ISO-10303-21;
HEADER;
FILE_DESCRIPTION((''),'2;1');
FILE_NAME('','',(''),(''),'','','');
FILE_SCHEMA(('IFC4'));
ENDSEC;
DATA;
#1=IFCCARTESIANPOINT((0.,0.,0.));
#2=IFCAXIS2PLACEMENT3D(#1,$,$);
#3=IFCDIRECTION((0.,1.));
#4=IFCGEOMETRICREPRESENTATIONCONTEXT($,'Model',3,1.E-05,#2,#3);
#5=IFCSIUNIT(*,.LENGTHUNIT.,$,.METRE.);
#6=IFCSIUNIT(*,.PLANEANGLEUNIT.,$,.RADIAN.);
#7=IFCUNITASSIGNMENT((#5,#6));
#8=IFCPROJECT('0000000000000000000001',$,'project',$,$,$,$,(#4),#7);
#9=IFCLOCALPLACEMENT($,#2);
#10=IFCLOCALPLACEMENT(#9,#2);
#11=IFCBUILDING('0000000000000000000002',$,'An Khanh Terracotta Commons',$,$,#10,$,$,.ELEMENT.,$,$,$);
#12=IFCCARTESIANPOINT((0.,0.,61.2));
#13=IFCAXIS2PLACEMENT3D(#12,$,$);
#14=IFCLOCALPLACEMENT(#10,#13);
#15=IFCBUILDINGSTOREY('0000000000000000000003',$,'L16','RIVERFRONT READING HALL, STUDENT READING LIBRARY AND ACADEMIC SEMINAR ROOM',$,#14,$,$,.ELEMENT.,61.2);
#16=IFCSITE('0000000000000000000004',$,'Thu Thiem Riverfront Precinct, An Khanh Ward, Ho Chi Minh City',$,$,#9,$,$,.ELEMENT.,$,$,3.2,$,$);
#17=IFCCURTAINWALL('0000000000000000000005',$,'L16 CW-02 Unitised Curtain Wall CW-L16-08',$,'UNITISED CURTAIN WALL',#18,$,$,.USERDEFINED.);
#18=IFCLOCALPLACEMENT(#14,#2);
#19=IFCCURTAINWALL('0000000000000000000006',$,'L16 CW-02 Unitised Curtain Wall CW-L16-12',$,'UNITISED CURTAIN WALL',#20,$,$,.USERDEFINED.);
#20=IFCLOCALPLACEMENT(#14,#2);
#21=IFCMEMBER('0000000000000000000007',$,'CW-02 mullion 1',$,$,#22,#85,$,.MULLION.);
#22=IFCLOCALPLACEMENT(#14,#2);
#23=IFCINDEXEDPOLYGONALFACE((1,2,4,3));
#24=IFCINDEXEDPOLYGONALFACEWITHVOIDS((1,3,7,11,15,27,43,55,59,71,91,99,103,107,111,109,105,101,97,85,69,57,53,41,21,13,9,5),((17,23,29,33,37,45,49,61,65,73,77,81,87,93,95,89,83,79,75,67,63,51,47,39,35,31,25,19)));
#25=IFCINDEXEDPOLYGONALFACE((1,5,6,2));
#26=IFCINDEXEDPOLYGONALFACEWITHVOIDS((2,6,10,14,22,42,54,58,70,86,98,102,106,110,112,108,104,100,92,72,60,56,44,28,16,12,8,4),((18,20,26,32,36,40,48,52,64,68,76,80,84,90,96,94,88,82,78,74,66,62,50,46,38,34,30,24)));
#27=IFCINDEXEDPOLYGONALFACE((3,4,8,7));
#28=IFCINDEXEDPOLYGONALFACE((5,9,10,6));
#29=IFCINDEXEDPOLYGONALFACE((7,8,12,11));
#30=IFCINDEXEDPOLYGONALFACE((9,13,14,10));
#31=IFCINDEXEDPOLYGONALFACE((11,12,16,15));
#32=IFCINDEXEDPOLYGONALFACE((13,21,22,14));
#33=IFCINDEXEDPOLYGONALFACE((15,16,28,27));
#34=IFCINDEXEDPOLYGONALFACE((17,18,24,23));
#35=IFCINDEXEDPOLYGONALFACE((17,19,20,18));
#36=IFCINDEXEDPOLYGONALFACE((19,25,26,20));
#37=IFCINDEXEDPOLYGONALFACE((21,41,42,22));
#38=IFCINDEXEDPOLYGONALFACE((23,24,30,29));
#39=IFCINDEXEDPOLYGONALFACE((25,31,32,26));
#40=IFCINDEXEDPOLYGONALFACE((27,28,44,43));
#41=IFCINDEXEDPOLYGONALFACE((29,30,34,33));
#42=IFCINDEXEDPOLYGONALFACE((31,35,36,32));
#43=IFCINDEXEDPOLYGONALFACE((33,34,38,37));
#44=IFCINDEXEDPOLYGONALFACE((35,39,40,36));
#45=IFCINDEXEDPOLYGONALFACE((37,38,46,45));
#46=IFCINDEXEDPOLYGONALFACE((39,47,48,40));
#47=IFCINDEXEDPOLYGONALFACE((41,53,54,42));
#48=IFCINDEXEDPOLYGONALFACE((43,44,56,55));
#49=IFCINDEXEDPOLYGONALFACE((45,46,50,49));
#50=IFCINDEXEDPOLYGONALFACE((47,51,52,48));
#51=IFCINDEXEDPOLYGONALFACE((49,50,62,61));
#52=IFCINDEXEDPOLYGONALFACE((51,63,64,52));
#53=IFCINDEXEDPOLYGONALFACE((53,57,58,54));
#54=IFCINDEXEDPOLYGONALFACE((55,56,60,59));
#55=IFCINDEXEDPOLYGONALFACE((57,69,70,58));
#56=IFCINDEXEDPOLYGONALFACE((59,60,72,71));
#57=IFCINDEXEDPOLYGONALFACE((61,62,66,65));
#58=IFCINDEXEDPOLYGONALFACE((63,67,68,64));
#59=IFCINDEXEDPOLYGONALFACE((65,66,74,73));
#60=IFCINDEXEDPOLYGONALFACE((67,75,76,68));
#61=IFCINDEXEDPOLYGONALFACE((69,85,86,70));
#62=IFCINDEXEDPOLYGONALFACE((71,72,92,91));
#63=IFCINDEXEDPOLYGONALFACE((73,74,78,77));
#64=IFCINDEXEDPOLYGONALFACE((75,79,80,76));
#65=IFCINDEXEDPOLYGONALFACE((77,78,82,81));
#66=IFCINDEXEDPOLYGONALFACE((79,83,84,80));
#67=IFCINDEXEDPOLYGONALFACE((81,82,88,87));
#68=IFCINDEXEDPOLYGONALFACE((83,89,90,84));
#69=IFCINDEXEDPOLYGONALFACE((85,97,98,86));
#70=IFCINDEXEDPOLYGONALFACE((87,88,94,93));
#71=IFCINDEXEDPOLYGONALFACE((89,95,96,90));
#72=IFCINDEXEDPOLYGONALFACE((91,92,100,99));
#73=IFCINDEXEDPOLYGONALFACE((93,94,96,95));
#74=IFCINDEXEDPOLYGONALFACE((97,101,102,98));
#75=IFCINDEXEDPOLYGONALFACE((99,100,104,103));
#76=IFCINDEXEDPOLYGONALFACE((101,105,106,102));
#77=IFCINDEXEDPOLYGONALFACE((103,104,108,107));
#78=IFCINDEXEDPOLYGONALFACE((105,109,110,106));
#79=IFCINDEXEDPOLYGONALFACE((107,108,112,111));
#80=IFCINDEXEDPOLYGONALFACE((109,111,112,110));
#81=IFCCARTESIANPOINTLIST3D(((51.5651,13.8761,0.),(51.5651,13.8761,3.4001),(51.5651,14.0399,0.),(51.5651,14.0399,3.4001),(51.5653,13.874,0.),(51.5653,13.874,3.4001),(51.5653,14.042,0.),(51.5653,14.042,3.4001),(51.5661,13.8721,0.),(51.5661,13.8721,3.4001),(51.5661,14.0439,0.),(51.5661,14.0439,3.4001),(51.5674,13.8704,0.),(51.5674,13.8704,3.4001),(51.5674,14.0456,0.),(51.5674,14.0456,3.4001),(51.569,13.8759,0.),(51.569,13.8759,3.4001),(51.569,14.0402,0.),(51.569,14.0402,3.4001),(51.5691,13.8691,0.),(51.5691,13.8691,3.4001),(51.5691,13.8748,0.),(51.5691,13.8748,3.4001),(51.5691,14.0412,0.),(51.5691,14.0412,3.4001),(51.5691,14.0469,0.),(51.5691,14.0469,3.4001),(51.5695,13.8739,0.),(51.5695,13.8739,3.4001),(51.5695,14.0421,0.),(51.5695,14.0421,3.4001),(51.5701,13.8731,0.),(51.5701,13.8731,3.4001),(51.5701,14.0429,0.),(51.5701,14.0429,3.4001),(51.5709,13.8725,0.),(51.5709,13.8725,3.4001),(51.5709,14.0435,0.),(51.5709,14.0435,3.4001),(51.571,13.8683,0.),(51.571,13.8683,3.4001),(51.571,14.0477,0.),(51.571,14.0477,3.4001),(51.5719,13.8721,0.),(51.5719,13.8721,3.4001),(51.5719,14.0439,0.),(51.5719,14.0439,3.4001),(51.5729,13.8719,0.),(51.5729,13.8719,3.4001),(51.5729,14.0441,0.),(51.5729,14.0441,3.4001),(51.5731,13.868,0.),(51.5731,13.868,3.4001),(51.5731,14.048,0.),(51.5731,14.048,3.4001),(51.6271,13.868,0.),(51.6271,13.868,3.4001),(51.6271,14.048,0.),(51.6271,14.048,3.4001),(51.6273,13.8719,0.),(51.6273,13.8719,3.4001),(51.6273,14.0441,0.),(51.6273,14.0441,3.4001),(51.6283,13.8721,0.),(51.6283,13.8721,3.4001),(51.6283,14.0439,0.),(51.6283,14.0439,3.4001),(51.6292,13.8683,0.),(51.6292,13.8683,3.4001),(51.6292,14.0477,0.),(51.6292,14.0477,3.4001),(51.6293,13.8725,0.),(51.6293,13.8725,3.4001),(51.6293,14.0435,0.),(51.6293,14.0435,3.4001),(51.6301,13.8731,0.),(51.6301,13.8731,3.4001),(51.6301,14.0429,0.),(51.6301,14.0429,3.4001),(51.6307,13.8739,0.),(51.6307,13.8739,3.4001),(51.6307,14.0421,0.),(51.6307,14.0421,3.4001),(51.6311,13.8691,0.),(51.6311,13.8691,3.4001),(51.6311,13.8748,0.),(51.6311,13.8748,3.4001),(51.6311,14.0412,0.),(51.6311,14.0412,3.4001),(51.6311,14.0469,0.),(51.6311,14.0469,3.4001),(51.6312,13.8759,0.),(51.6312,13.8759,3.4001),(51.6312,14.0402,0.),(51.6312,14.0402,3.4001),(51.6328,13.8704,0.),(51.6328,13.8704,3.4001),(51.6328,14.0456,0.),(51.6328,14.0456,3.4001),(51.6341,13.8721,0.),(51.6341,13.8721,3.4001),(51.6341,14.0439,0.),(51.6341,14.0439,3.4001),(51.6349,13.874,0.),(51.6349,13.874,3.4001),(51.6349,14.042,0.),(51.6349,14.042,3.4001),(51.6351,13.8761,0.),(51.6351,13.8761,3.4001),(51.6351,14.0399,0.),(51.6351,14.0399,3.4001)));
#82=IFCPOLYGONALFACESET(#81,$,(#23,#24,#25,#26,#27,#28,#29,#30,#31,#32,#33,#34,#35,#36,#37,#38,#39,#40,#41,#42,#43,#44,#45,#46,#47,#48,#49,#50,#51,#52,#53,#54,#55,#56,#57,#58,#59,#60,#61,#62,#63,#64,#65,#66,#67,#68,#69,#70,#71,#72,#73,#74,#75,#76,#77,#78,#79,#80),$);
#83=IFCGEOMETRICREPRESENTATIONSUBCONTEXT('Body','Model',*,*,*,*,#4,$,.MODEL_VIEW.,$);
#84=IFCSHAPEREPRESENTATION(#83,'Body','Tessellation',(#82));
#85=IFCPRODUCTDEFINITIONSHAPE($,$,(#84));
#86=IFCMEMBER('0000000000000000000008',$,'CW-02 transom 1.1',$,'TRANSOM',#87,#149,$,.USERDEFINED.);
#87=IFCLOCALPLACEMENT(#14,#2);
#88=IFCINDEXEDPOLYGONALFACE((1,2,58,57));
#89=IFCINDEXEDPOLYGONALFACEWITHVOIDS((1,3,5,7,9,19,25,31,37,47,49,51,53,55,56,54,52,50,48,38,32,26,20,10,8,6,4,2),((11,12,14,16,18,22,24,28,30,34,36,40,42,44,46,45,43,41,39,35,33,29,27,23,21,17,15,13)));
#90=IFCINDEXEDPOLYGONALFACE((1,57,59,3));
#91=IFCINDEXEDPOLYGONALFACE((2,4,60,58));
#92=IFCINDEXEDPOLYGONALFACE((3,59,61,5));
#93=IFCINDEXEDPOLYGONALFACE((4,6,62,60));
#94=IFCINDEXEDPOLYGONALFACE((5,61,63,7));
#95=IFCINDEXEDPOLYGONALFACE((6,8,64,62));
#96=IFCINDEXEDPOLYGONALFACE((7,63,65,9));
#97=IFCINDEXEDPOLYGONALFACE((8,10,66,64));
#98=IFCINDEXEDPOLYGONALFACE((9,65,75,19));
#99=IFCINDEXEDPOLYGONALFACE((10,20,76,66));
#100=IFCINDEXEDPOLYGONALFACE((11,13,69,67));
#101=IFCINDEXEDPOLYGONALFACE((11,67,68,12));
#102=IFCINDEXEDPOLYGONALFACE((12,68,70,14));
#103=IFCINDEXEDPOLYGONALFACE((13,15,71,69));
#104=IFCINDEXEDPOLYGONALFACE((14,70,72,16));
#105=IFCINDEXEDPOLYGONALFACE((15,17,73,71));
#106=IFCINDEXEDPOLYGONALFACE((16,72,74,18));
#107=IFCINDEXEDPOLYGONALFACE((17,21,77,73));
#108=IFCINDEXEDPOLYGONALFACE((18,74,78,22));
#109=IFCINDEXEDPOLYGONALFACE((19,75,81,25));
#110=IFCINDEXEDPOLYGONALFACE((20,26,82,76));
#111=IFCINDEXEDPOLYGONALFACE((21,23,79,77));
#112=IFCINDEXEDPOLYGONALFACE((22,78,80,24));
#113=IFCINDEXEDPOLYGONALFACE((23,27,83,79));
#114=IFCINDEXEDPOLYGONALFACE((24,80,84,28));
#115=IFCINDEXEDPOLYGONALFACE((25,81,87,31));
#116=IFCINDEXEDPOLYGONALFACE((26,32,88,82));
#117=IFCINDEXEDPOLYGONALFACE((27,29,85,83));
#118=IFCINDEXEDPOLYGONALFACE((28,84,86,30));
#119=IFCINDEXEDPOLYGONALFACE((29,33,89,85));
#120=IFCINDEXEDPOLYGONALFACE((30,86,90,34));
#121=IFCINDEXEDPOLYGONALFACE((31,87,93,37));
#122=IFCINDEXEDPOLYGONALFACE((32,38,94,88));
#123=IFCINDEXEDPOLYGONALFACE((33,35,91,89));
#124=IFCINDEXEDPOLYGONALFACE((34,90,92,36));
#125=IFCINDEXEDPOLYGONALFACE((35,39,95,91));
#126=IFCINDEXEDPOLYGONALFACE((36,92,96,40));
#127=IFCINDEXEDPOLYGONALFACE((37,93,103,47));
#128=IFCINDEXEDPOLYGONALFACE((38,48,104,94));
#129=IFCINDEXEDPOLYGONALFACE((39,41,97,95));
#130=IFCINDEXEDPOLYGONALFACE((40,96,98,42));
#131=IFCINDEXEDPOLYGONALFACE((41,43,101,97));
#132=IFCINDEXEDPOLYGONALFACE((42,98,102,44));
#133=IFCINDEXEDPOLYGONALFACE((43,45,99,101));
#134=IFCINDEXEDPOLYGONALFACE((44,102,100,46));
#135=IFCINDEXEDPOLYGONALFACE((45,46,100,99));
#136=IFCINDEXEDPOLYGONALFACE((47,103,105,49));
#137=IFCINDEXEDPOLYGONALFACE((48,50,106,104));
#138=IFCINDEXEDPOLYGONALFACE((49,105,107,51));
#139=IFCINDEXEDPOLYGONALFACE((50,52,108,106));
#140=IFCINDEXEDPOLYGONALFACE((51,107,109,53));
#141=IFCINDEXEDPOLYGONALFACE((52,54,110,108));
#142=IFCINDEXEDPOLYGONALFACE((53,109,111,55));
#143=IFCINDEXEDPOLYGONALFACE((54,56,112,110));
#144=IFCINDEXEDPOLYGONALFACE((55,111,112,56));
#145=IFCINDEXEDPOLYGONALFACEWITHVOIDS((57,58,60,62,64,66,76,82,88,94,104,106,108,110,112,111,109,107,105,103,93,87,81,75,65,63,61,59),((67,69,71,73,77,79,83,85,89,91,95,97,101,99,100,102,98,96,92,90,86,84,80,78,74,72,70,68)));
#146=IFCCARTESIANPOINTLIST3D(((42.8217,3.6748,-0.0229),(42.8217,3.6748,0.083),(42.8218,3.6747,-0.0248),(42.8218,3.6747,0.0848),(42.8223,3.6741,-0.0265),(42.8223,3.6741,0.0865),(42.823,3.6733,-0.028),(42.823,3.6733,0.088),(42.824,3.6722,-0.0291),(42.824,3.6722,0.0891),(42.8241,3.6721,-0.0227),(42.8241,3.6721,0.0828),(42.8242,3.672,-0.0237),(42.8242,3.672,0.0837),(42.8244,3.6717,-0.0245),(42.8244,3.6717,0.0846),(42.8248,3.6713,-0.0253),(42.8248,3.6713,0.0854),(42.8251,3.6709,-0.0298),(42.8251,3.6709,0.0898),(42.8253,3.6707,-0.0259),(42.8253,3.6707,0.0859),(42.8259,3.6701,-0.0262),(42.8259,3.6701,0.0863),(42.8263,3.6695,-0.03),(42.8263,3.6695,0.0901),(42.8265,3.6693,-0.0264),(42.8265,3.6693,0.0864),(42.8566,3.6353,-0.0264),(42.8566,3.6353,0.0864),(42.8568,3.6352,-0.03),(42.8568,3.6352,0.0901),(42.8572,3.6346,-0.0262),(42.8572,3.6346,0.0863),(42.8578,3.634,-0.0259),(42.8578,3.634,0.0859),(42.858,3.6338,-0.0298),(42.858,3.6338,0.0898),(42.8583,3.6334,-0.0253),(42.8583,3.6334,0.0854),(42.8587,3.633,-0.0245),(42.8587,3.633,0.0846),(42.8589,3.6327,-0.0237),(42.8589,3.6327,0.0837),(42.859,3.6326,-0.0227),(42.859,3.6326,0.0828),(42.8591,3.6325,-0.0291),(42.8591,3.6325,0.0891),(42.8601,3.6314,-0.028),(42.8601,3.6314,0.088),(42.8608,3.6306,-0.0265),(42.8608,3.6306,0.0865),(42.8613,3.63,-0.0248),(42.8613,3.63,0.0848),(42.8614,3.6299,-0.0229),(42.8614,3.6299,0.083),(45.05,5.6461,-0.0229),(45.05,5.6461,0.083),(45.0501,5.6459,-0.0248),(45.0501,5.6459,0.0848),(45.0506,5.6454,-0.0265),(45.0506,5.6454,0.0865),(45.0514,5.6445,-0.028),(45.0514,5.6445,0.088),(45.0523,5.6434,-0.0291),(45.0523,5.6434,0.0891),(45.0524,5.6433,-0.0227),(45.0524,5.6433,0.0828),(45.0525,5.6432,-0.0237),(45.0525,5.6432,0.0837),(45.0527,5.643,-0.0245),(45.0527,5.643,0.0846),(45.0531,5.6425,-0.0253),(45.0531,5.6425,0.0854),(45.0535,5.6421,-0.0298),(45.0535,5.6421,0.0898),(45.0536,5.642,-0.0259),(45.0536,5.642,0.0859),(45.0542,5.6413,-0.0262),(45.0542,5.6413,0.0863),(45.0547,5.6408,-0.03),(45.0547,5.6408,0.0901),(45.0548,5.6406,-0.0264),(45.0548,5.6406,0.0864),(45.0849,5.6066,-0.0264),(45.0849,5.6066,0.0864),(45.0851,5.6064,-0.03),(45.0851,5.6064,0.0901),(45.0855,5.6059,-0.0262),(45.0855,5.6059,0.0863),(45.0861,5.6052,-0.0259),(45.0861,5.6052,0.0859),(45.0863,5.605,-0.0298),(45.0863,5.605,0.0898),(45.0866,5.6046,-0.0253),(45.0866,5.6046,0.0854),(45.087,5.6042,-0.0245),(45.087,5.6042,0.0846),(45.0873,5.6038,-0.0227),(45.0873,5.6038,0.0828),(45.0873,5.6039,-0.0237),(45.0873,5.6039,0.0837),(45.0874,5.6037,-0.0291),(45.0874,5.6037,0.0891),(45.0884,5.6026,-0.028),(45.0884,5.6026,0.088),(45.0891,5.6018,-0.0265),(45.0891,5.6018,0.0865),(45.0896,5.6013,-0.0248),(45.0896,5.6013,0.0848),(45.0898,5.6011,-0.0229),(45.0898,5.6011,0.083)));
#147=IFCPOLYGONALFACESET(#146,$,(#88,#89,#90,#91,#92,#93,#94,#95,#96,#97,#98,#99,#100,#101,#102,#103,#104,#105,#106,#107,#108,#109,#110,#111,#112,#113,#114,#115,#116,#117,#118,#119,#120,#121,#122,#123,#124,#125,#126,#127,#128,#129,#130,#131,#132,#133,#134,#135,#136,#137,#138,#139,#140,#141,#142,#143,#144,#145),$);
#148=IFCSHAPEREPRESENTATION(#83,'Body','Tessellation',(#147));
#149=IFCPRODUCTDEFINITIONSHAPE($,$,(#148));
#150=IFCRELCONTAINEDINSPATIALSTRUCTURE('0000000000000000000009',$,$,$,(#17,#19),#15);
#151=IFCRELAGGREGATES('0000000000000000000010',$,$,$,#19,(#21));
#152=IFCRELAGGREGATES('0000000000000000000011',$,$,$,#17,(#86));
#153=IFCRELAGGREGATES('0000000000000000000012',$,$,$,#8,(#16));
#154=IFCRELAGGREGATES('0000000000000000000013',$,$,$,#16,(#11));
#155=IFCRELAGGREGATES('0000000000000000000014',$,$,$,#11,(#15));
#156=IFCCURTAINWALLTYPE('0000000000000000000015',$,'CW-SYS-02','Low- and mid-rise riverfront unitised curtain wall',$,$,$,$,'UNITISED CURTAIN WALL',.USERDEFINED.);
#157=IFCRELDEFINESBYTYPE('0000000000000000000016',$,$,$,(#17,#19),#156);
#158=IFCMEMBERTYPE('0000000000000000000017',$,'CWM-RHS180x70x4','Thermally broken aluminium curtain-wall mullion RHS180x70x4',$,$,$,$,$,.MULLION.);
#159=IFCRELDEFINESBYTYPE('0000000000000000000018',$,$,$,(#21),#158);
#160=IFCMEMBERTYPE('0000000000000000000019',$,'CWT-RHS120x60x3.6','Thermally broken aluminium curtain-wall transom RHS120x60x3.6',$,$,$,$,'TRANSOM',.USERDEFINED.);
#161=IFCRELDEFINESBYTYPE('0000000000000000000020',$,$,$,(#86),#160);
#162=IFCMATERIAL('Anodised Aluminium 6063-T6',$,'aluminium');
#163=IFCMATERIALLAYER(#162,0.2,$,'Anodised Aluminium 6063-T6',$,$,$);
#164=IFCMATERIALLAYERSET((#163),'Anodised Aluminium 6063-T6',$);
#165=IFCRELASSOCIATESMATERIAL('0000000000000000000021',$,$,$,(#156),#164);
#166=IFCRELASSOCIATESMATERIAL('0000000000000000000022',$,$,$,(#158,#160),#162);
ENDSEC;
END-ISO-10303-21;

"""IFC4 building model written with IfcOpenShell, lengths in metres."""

from ifc_helpers import new_model, si_unit, direction, frame, origin, origin_2d, place, context, subcontext, project, spatial, hollow_rectangle, extrude, material, layer, layer_set, material_profile, profile_set, type_object, element, aggregate, save


model = new_model("IFC4")

# Units and contexts
model_context = context("Model", 3, precision=1e-05, world=origin(), true_north=direction((0.0, 1.0)))
body_context = subcontext(model_context, "Body", "Model", "MODEL_VIEW")
ifc_project = project(units=[si_unit("LENGTHUNIT", "METRE"), si_unit("PLANEANGLEUNIT", "RADIAN")], contexts=[model_context])

# Site, building, storey
site_placement = place(None, origin())
site = spatial("IfcSite", under=ifc_project, at=site_placement, Name="Thu Thiem Riverfront Precinct, An Khanh Ward, Ho Chi Minh City", CompositionType="ELEMENT", RefElevation=3.2)
building_placement = place(site_placement, origin())
building = spatial("IfcBuilding", under=site, at=building_placement, Name="An Khanh Terracotta Commons", CompositionType="ELEMENT")
storey_placement = place(building_placement, frame((0.0, 0.0, 61.2)))
storey = spatial("IfcBuildingStorey", under=building, at=storey_placement, Name="L16", Description="RIVERFRONT READING HALL, STUDENT READING LIBRARY AND ACADEMIC SEMINAR ROOM", CompositionType="ELEMENT", Elevation=61.2)

# Curtain wall
ifc_material_1 = material(Name="Anodised Aluminium 6063-T6", Category="aluminium")
ifc_layer_1 = layer(ifc_material_1, 0.2, Name="Anodised Aluminium 6063-T6")
ifc_layer_set_1 = layer_set([ifc_layer_1], Name="Anodised Aluminium 6063-T6")
curtain_wall_type = type_object("IfcCurtainWallType", Name="CW-SYS-02", Description="Low- and mid-rise riverfront unitised curtain wall", ElementType="UNITISED CURTAIN WALL", PredefinedType="USERDEFINED", material=ifc_layer_set_1)
curtain_wall_1_placement = place(storey_placement, origin())
curtain_wall_1 = element("IfcCurtainWall", 1, at=curtain_wall_1_placement, inside=storey, type_object=curtain_wall_type, Name="L16 CW-02 Unitised Curtain Wall CW-L16-08", ObjectType="UNITISED CURTAIN WALL", PredefinedType="USERDEFINED")
ifc_material_profile_1 = material_profile(ifc_material_1, hollow_rectangle(XDim=0.0701, YDim=0.1799, WallThickness=0.0039, InnerFilletRadius=0.0039, OuterFilletRadius=0.0081, at=origin_2d()), Name="RHS180x70x4")
ifc_profile_set_1 = profile_set([ifc_material_profile_1], Name="Anodised Aluminium 6063-T6")
member_type_1 = type_object("IfcMemberType", Name="CWM-RHS180x70x4", Description="Thermally broken aluminium curtain-wall mullion RHS180x70x4", PredefinedType="MULLION", material=ifc_profile_set_1)

# Curtain wall, member
curtain_wall_2_placement = place(storey_placement, origin())
curtain_wall_2 = element("IfcCurtainWall", 2, at=curtain_wall_2_placement, inside=storey, type_object=curtain_wall_type, Name="L16 CW-02 Unitised Curtain Wall CW-L16-12", ObjectType="UNITISED CURTAIN WALL", PredefinedType="USERDEFINED")
member_1_placement = place(storey_placement, frame((51.6001, 13.958, 0.0), z_axis=(0.0, 0.0, 1.0), x_axis=(-1.0, 0.0, 0.0)))
member_1 = element("IfcMember", 3, at=member_1_placement, type_object=member_type_1, Name="CW-02 mullion 1", PredefinedType="MULLION", context=body_context, shape_type="SweptSolid", body=[
    extrude(hollow_rectangle(XDim=0.0701, YDim=0.1799, WallThickness=0.0039, InnerFilletRadius=0.0039, OuterFilletRadius=0.0081, at=origin_2d()), origin(), (0.0, 0.0, 1.0), 3.4001),
])
aggregate(curtain_wall_2, [member_1])

# Member
ifc_material_profile_2 = material_profile(ifc_material_1, hollow_rectangle(XDim=0.0601, YDim=0.1201, WallThickness=0.0037, InnerFilletRadius=0.0037, OuterFilletRadius=0.0071, at=origin_2d()), Name="RHS120x60x3.6")
ifc_profile_set_2 = profile_set([ifc_material_profile_2], Name="Anodised Aluminium 6063-T6")
member_type_2 = type_object("IfcMemberType", Name="CWT-RHS120x60x3.6", Description="Thermally broken aluminium curtain-wall transom RHS120x60x3.6", ElementType="TRANSOM", PredefinedType="USERDEFINED", material=ifc_profile_set_2)
member_2_placement = place(storey_placement, frame((42.8416, 3.6523, 0.03), z_axis=(0.748992, 0.662579, 0.0), x_axis=(-0.662579, 0.748992, 0.0)))
member_2 = element("IfcMember", 4, at=member_2_placement, type_object=member_type_2, Name="CW-02 transom 1.1", ObjectType="TRANSOM", PredefinedType="USERDEFINED", context=body_context, shape_type="SweptSolid", body=[
    extrude(hollow_rectangle(XDim=0.0601, YDim=0.1201, WallThickness=0.0037, InnerFilletRadius=0.0037, OuterFilletRadius=0.0071, at=origin_2d()), origin(), (0.0, 0.0, 1.0), 2.9751),
])

aggregate(curtain_wall_1, [member_2])

save(model, "model.ifc")
